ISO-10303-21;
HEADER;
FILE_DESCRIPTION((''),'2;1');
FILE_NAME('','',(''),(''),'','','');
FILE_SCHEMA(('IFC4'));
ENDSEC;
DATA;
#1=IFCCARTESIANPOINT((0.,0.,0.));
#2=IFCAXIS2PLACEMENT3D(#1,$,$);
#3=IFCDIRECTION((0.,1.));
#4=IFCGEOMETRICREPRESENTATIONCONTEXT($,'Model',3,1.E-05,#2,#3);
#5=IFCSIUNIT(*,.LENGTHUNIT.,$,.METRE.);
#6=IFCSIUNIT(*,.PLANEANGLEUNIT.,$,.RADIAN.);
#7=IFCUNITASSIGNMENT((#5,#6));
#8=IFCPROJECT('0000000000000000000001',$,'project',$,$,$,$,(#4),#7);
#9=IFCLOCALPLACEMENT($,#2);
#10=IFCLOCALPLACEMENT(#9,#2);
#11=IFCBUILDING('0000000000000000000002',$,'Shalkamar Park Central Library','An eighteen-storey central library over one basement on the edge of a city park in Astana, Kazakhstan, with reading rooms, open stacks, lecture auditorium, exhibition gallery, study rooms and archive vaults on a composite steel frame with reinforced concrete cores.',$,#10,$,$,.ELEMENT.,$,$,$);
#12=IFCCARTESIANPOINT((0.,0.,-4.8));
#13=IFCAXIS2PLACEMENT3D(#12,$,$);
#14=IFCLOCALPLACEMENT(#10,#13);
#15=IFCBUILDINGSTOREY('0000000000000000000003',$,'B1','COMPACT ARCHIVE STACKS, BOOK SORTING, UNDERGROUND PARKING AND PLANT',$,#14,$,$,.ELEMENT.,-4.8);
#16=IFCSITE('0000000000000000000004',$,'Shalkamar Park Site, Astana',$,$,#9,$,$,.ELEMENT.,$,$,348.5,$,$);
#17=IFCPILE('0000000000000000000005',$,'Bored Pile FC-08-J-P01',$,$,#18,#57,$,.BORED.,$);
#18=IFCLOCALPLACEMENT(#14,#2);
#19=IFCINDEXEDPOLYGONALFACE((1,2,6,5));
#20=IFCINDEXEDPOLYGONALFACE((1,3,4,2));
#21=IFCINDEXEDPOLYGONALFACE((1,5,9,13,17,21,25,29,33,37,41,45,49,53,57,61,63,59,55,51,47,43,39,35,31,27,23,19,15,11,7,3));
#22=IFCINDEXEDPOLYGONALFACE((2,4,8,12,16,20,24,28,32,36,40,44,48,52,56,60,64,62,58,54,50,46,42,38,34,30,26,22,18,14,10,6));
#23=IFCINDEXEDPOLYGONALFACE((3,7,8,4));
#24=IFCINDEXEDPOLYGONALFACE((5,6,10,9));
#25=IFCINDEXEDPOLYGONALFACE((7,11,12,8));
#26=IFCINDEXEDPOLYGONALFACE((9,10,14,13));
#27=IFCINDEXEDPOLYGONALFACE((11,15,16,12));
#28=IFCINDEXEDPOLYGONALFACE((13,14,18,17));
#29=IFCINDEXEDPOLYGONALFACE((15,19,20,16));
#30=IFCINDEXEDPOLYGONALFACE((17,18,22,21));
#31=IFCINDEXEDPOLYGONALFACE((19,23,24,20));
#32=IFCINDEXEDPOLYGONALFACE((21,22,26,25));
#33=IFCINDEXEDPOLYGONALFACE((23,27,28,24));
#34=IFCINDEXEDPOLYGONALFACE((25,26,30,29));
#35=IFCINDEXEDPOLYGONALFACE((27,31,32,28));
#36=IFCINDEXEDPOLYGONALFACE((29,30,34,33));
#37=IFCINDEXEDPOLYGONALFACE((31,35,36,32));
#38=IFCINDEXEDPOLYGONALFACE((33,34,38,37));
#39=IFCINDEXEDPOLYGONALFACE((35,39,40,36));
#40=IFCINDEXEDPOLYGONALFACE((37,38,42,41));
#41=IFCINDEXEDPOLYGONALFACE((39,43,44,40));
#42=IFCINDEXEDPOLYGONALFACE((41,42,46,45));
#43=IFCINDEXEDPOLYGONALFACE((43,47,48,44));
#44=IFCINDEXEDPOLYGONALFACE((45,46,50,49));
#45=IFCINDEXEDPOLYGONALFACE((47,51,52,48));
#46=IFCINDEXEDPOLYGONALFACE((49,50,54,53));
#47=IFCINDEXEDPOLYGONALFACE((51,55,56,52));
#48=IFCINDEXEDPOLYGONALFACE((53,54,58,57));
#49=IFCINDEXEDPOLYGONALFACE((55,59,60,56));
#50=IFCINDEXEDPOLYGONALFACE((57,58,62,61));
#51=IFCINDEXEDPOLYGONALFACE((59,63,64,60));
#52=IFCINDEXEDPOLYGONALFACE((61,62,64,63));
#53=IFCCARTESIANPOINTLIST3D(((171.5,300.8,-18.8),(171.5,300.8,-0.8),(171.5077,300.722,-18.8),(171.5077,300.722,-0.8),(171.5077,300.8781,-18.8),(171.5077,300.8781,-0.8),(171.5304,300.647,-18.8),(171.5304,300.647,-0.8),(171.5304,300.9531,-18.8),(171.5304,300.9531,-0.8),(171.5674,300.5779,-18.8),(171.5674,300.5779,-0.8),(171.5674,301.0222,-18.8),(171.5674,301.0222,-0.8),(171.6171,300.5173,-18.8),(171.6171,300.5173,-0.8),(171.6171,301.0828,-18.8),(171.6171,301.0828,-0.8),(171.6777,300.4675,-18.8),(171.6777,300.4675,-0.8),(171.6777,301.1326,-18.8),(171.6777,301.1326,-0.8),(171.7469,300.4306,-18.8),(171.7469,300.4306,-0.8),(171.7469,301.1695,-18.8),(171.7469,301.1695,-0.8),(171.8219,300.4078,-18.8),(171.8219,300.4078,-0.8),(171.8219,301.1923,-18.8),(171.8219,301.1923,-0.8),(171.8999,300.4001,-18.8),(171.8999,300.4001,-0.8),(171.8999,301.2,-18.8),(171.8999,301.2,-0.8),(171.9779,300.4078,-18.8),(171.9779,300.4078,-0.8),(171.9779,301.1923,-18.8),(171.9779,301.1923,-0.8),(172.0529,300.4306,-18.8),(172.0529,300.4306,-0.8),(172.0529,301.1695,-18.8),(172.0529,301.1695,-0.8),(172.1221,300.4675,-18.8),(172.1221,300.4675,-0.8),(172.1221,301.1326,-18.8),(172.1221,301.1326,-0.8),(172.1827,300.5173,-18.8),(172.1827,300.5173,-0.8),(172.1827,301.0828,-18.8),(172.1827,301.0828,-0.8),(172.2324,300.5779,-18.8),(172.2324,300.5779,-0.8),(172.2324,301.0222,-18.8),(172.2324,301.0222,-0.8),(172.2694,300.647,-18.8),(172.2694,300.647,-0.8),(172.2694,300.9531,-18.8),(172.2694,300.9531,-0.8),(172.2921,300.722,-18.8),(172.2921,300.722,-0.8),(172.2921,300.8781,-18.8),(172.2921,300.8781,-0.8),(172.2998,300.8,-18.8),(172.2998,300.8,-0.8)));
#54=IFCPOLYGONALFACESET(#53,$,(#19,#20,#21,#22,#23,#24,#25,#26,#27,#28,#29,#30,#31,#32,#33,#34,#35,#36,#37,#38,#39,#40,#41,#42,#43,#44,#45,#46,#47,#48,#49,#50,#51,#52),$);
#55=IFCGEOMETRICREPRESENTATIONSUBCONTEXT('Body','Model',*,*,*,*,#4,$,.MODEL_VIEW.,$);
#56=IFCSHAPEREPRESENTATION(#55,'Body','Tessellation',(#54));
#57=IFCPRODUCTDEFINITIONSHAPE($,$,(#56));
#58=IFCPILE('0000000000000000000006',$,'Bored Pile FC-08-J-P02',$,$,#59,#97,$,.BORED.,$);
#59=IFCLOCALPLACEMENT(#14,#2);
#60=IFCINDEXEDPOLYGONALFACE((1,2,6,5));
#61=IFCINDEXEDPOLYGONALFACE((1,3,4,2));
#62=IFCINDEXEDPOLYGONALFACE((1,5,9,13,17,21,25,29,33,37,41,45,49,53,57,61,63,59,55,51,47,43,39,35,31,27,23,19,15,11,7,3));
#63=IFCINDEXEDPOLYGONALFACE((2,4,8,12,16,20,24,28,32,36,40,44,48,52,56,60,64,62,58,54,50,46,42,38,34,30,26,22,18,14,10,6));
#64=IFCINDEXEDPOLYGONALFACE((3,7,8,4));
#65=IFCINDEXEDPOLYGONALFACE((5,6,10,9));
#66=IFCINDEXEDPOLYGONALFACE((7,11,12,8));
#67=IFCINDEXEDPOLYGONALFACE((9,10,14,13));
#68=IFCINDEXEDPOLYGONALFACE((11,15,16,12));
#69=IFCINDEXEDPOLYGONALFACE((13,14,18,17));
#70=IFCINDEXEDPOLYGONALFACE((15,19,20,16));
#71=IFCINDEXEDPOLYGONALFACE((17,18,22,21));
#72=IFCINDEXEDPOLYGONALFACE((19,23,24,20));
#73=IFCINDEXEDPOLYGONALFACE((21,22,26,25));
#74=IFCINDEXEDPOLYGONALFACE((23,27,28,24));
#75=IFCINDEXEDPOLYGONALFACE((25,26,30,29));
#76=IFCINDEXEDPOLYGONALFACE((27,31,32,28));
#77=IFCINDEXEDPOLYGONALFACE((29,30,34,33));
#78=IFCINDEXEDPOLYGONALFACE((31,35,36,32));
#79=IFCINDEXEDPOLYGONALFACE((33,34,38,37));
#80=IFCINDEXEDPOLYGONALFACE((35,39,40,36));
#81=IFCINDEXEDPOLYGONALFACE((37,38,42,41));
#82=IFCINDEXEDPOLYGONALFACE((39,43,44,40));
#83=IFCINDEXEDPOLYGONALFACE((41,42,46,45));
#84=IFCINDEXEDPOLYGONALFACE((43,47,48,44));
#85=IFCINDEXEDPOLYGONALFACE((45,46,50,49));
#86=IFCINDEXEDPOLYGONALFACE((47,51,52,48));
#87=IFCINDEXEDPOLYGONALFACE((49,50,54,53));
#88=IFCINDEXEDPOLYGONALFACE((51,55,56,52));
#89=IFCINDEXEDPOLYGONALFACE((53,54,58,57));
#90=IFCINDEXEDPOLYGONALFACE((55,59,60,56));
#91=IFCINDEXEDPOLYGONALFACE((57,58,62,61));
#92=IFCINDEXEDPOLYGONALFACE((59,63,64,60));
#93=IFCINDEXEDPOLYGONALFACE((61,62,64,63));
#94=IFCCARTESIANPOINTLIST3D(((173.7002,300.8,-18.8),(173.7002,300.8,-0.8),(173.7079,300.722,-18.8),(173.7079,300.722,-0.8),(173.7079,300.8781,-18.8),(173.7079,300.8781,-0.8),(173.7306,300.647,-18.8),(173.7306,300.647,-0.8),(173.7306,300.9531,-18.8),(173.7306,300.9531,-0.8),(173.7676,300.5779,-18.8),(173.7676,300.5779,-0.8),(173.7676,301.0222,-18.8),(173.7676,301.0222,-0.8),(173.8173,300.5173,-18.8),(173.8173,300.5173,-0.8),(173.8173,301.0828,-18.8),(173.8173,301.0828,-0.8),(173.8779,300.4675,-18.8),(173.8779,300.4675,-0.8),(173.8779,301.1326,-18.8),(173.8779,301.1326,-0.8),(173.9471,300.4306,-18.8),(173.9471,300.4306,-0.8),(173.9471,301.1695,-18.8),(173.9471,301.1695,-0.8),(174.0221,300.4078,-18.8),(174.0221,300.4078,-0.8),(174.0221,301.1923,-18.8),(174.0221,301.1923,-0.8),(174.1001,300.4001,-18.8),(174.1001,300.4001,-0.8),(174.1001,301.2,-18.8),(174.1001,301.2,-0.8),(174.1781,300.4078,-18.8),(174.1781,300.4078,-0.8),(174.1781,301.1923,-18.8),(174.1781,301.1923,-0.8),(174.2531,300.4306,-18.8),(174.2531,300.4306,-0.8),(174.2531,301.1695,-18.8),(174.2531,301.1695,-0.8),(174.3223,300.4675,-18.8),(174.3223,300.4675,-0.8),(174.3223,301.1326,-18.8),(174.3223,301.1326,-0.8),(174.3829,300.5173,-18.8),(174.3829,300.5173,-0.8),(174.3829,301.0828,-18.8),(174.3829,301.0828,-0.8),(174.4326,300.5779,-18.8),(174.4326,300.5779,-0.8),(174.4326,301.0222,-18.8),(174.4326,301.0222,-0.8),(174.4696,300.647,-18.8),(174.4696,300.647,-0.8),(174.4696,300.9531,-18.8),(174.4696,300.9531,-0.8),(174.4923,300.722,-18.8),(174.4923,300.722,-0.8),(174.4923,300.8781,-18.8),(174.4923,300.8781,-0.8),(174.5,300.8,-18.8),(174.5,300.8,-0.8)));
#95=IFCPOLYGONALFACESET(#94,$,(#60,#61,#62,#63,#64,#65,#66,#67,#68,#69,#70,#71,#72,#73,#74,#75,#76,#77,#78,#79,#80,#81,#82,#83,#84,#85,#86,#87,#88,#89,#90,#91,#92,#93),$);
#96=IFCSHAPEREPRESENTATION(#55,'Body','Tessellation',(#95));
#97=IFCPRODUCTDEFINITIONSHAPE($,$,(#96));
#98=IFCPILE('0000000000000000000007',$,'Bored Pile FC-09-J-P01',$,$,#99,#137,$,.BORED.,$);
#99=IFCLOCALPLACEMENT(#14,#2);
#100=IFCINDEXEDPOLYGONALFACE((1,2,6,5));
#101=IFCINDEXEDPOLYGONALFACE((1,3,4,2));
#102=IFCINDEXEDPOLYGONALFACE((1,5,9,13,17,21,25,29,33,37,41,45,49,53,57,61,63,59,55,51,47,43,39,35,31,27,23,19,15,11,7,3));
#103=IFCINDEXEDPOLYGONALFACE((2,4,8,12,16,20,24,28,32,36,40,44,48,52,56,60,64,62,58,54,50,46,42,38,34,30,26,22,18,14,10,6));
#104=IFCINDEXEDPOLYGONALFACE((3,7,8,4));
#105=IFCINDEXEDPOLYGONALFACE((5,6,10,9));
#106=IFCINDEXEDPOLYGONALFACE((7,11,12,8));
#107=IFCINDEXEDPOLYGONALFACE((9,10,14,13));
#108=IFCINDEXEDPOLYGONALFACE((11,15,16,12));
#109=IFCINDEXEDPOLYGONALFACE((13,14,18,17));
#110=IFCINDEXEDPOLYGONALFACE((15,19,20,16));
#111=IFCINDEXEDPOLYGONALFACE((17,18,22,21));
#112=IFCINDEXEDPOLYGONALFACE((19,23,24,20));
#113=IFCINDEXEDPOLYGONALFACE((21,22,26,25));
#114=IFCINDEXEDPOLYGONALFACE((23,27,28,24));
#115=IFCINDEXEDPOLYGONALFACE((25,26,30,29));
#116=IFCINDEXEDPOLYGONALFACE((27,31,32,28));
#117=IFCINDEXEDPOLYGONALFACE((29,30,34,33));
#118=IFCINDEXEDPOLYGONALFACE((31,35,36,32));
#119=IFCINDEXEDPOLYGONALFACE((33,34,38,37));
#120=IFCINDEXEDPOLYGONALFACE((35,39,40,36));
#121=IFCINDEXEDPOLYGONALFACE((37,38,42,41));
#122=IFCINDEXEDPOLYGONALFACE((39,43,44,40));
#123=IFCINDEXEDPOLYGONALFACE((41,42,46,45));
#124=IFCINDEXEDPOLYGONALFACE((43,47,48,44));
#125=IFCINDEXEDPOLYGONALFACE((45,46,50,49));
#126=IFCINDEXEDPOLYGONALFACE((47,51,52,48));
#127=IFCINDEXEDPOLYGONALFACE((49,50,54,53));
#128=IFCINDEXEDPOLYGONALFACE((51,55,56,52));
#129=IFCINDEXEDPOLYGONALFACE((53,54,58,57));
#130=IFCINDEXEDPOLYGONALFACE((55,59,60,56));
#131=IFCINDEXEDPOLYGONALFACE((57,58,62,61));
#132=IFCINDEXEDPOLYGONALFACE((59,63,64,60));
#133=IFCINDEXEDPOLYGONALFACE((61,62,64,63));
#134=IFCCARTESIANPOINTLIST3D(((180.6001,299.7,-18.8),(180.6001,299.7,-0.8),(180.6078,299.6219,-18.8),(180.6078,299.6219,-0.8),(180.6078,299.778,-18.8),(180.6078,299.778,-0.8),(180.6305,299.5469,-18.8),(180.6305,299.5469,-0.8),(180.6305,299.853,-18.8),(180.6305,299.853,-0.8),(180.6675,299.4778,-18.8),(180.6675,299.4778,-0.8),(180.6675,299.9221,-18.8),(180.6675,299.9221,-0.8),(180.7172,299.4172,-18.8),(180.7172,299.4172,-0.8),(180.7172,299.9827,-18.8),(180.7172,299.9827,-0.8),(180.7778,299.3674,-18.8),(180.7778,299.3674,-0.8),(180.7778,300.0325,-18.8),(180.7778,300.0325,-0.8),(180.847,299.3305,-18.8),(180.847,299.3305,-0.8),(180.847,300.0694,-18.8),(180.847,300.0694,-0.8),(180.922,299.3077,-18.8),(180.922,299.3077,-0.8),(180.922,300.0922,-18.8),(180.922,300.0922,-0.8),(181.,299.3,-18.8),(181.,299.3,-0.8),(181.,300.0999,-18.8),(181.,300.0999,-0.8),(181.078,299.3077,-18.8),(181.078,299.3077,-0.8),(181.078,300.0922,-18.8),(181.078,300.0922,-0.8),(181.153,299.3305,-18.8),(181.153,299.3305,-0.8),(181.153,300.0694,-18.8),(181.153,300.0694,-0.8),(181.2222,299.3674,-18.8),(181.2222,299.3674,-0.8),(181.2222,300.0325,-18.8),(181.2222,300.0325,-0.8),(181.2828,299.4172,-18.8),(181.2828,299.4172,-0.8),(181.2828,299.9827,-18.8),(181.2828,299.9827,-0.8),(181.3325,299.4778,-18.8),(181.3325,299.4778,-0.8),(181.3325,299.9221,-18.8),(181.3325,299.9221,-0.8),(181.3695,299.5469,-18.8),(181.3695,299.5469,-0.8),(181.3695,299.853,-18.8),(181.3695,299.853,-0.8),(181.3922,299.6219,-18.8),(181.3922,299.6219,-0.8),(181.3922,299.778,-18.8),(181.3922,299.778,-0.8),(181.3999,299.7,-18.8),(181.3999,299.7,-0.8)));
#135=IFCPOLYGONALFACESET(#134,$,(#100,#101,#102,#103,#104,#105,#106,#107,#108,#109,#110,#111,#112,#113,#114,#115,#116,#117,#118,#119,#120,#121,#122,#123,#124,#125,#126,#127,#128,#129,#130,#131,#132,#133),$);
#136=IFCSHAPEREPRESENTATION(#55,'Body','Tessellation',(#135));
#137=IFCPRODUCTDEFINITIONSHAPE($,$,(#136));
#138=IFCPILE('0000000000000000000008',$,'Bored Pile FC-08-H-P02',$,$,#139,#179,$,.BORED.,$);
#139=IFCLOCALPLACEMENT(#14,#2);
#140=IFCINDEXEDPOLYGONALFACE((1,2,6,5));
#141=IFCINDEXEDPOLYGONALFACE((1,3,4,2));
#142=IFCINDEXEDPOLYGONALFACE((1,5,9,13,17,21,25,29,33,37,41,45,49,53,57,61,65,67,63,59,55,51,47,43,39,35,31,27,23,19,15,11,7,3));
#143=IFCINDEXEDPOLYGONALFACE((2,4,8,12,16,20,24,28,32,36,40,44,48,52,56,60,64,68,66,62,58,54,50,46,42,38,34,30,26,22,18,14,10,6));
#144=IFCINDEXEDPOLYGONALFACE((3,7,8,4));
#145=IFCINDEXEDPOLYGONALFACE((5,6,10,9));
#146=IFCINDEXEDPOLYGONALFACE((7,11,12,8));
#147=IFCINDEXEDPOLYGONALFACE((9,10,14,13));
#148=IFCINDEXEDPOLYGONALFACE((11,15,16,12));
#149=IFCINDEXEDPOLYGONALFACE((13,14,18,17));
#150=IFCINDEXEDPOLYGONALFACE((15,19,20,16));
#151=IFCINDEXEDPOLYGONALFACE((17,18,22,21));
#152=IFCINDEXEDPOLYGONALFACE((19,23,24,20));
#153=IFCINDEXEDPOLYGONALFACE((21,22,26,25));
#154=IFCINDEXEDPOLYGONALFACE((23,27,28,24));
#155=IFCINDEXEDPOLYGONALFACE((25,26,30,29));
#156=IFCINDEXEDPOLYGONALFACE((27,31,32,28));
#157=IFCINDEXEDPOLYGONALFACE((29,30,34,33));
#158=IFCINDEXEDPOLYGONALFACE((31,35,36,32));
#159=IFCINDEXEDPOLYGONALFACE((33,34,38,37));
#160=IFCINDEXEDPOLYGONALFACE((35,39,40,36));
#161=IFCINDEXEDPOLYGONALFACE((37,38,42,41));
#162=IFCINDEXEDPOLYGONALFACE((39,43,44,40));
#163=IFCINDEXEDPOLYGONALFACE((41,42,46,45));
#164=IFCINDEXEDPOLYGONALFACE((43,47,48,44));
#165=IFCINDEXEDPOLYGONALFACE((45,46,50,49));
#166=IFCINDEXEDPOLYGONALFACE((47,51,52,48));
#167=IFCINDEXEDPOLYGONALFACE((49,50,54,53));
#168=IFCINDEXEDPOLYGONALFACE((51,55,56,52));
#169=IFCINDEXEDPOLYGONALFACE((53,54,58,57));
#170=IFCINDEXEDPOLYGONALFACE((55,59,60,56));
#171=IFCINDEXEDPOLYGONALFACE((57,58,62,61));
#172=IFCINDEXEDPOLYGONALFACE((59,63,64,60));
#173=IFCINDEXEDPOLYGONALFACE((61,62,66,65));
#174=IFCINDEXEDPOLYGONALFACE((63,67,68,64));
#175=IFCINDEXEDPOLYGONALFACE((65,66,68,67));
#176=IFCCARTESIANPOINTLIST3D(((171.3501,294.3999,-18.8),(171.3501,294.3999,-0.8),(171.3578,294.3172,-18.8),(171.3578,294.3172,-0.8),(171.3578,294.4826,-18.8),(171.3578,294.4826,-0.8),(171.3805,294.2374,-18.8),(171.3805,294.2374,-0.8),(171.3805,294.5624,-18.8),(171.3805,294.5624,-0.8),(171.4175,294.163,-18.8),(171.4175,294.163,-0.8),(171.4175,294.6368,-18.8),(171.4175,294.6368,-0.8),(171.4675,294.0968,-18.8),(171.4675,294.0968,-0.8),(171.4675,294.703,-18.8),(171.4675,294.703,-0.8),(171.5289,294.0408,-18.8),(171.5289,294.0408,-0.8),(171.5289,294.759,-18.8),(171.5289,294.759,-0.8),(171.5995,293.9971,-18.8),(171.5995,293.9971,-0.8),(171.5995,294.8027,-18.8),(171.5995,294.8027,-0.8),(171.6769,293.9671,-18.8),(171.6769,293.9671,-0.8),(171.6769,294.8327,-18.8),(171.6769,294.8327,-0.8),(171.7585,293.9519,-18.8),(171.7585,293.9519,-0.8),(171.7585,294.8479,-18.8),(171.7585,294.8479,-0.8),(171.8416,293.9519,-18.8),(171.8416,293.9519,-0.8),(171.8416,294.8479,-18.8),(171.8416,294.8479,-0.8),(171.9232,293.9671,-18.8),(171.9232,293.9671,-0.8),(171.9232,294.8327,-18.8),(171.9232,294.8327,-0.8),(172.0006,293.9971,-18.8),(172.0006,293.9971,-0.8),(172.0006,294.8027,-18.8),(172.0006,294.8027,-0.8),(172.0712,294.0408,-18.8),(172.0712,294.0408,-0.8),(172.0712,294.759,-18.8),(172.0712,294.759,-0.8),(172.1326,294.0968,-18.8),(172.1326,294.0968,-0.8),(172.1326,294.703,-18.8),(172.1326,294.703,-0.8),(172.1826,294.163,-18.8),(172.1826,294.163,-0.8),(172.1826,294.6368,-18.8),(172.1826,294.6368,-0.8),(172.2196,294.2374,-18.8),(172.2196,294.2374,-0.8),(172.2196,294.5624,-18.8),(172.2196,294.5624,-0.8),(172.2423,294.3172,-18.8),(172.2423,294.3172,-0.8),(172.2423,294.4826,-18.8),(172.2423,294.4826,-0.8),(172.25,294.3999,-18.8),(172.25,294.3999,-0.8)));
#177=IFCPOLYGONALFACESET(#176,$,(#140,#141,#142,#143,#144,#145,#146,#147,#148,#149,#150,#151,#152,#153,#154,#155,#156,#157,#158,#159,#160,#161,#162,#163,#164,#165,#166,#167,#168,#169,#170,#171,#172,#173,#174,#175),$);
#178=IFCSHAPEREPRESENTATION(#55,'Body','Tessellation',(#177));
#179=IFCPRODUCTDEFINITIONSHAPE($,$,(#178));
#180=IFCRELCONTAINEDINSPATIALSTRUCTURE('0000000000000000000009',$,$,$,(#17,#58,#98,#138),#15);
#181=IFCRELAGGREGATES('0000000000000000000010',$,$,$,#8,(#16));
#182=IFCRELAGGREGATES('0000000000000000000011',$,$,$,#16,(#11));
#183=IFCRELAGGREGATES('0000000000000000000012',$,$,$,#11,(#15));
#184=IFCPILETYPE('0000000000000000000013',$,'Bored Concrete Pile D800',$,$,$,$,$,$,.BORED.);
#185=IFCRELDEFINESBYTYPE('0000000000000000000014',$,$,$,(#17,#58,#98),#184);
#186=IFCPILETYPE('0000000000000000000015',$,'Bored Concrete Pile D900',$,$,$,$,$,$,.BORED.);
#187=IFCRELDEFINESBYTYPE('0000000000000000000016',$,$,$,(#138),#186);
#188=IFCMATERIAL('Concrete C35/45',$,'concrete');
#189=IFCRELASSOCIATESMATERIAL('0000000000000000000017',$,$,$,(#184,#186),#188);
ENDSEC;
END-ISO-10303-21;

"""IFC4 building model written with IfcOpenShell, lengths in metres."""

from ifc_helpers import new_model, si_unit, direction, frame, origin, origin_2d, place, context, subcontext, project, spatial, circle, extrude, material, material_profile, profile_set, type_object, element, save


model = new_model("IFC4")

# Units and contexts
model_context = context("Model", 3, precision=1e-05, world=origin(), true_north=direction((0.0, 1.0)))
body_context = subcontext(model_context, "Body", "Model", "MODEL_VIEW")
ifc_project = project(units=[si_unit("LENGTHUNIT", "METRE"), si_unit("PLANEANGLEUNIT", "RADIAN")], contexts=[model_context])

# Site, building, storey
site_placement = place(None, origin())
site = spatial("IfcSite", under=ifc_project, at=site_placement, Name="Shalkamar Park Site, Astana", CompositionType="ELEMENT", RefElevation=348.5)
building_placement = place(site_placement, origin())
building = spatial("IfcBuilding", under=site, at=building_placement, Name="Shalkamar Park Central Library", Description="An eighteen-storey central library over one basement on the edge of a city park in Astana, Kazakhstan, with reading rooms, open stacks, lecture auditorium, exhibition gallery, study rooms and archive vaults on a composite steel frame with reinforced concrete cores.", CompositionType="ELEMENT")
storey_placement = place(building_placement, frame((0.0, 0.0, -4.8)))
storey = spatial("IfcBuildingStorey", under=building, at=storey_placement, Name="B1", Description="COMPACT ARCHIVE STACKS, BOOK SORTING, UNDERGROUND PARKING AND PLANT", CompositionType="ELEMENT", Elevation=-4.8)

# Piles
ifc_material_1 = material(Name="Concrete C35/45", Category="concrete")
ifc_material_profile_1 = material_profile(ifc_material_1, circle(Radius=0.3999, at=origin_2d()), Name="PILE D800")
ifc_profile_set_1 = profile_set([ifc_material_profile_1], Name="Concrete C35/45")
pile_type_1 = type_object("IfcPileType", Name="Bored Concrete Pile D800", PredefinedType="BORED", material=ifc_profile_set_1)
for number, where, z_axis, x_axis, name in (
    (1, (171.8999, 300.8, -0.8), (0.0, 0.0, -1.0), (1.0, 0.0, 0.0), "Bored Pile FC-08-J-P01"),
    (2, (174.1001, 300.8, -0.8), (0.0, 0.0, -1.0), (1.0, 0.0, 0.0), "Bored Pile FC-08-J-P02"),
    (3, (181.0, 299.7, -0.8), (0.0, 0.0, -1.0), (1.0, 0.0, 0.0), "Bored Pile FC-09-J-P01"),
):
    element("IfcPile", number, at=place(storey_placement, frame(where, z_axis=z_axis, x_axis=x_axis)), inside=storey, type_object=pile_type_1, Name=name, PredefinedType="BORED", context=body_context, shape_type="SweptSolid", body=[
        extrude(circle(Radius=0.3999, at=origin_2d()), origin(), (0.0, 0.0, 1.0), 18.0),
    ])
ifc_material_profile_2 = material_profile(ifc_material_1, circle(Radius=0.45, at=origin_2d()), Name="PILE D900")
ifc_profile_set_2 = profile_set([ifc_material_profile_2], Name="Concrete C35/45")
pile_type_2 = type_object("IfcPileType", Name="Bored Concrete Pile D900", PredefinedType="BORED", material=ifc_profile_set_2)
for number, where, z_axis, x_axis, name in (
    (4, (171.8, 294.3999, -0.8), (0.0, 0.0, -1.0), (1.0, 0.0, 0.0), "Bored Pile FC-08-H-P02"),
):
    element("IfcPile", number, at=place(storey_placement, frame(where, z_axis=z_axis, x_axis=x_axis)), inside=storey, type_object=pile_type_2, Name=name, PredefinedType="BORED", context=body_context, shape_type="SweptSolid", body=[
        extrude(circle(Radius=0.45, at=origin_2d()), origin(), (0.0, 0.0, 1.0), 18.0),
    ])

save(model, "model.ifc")
